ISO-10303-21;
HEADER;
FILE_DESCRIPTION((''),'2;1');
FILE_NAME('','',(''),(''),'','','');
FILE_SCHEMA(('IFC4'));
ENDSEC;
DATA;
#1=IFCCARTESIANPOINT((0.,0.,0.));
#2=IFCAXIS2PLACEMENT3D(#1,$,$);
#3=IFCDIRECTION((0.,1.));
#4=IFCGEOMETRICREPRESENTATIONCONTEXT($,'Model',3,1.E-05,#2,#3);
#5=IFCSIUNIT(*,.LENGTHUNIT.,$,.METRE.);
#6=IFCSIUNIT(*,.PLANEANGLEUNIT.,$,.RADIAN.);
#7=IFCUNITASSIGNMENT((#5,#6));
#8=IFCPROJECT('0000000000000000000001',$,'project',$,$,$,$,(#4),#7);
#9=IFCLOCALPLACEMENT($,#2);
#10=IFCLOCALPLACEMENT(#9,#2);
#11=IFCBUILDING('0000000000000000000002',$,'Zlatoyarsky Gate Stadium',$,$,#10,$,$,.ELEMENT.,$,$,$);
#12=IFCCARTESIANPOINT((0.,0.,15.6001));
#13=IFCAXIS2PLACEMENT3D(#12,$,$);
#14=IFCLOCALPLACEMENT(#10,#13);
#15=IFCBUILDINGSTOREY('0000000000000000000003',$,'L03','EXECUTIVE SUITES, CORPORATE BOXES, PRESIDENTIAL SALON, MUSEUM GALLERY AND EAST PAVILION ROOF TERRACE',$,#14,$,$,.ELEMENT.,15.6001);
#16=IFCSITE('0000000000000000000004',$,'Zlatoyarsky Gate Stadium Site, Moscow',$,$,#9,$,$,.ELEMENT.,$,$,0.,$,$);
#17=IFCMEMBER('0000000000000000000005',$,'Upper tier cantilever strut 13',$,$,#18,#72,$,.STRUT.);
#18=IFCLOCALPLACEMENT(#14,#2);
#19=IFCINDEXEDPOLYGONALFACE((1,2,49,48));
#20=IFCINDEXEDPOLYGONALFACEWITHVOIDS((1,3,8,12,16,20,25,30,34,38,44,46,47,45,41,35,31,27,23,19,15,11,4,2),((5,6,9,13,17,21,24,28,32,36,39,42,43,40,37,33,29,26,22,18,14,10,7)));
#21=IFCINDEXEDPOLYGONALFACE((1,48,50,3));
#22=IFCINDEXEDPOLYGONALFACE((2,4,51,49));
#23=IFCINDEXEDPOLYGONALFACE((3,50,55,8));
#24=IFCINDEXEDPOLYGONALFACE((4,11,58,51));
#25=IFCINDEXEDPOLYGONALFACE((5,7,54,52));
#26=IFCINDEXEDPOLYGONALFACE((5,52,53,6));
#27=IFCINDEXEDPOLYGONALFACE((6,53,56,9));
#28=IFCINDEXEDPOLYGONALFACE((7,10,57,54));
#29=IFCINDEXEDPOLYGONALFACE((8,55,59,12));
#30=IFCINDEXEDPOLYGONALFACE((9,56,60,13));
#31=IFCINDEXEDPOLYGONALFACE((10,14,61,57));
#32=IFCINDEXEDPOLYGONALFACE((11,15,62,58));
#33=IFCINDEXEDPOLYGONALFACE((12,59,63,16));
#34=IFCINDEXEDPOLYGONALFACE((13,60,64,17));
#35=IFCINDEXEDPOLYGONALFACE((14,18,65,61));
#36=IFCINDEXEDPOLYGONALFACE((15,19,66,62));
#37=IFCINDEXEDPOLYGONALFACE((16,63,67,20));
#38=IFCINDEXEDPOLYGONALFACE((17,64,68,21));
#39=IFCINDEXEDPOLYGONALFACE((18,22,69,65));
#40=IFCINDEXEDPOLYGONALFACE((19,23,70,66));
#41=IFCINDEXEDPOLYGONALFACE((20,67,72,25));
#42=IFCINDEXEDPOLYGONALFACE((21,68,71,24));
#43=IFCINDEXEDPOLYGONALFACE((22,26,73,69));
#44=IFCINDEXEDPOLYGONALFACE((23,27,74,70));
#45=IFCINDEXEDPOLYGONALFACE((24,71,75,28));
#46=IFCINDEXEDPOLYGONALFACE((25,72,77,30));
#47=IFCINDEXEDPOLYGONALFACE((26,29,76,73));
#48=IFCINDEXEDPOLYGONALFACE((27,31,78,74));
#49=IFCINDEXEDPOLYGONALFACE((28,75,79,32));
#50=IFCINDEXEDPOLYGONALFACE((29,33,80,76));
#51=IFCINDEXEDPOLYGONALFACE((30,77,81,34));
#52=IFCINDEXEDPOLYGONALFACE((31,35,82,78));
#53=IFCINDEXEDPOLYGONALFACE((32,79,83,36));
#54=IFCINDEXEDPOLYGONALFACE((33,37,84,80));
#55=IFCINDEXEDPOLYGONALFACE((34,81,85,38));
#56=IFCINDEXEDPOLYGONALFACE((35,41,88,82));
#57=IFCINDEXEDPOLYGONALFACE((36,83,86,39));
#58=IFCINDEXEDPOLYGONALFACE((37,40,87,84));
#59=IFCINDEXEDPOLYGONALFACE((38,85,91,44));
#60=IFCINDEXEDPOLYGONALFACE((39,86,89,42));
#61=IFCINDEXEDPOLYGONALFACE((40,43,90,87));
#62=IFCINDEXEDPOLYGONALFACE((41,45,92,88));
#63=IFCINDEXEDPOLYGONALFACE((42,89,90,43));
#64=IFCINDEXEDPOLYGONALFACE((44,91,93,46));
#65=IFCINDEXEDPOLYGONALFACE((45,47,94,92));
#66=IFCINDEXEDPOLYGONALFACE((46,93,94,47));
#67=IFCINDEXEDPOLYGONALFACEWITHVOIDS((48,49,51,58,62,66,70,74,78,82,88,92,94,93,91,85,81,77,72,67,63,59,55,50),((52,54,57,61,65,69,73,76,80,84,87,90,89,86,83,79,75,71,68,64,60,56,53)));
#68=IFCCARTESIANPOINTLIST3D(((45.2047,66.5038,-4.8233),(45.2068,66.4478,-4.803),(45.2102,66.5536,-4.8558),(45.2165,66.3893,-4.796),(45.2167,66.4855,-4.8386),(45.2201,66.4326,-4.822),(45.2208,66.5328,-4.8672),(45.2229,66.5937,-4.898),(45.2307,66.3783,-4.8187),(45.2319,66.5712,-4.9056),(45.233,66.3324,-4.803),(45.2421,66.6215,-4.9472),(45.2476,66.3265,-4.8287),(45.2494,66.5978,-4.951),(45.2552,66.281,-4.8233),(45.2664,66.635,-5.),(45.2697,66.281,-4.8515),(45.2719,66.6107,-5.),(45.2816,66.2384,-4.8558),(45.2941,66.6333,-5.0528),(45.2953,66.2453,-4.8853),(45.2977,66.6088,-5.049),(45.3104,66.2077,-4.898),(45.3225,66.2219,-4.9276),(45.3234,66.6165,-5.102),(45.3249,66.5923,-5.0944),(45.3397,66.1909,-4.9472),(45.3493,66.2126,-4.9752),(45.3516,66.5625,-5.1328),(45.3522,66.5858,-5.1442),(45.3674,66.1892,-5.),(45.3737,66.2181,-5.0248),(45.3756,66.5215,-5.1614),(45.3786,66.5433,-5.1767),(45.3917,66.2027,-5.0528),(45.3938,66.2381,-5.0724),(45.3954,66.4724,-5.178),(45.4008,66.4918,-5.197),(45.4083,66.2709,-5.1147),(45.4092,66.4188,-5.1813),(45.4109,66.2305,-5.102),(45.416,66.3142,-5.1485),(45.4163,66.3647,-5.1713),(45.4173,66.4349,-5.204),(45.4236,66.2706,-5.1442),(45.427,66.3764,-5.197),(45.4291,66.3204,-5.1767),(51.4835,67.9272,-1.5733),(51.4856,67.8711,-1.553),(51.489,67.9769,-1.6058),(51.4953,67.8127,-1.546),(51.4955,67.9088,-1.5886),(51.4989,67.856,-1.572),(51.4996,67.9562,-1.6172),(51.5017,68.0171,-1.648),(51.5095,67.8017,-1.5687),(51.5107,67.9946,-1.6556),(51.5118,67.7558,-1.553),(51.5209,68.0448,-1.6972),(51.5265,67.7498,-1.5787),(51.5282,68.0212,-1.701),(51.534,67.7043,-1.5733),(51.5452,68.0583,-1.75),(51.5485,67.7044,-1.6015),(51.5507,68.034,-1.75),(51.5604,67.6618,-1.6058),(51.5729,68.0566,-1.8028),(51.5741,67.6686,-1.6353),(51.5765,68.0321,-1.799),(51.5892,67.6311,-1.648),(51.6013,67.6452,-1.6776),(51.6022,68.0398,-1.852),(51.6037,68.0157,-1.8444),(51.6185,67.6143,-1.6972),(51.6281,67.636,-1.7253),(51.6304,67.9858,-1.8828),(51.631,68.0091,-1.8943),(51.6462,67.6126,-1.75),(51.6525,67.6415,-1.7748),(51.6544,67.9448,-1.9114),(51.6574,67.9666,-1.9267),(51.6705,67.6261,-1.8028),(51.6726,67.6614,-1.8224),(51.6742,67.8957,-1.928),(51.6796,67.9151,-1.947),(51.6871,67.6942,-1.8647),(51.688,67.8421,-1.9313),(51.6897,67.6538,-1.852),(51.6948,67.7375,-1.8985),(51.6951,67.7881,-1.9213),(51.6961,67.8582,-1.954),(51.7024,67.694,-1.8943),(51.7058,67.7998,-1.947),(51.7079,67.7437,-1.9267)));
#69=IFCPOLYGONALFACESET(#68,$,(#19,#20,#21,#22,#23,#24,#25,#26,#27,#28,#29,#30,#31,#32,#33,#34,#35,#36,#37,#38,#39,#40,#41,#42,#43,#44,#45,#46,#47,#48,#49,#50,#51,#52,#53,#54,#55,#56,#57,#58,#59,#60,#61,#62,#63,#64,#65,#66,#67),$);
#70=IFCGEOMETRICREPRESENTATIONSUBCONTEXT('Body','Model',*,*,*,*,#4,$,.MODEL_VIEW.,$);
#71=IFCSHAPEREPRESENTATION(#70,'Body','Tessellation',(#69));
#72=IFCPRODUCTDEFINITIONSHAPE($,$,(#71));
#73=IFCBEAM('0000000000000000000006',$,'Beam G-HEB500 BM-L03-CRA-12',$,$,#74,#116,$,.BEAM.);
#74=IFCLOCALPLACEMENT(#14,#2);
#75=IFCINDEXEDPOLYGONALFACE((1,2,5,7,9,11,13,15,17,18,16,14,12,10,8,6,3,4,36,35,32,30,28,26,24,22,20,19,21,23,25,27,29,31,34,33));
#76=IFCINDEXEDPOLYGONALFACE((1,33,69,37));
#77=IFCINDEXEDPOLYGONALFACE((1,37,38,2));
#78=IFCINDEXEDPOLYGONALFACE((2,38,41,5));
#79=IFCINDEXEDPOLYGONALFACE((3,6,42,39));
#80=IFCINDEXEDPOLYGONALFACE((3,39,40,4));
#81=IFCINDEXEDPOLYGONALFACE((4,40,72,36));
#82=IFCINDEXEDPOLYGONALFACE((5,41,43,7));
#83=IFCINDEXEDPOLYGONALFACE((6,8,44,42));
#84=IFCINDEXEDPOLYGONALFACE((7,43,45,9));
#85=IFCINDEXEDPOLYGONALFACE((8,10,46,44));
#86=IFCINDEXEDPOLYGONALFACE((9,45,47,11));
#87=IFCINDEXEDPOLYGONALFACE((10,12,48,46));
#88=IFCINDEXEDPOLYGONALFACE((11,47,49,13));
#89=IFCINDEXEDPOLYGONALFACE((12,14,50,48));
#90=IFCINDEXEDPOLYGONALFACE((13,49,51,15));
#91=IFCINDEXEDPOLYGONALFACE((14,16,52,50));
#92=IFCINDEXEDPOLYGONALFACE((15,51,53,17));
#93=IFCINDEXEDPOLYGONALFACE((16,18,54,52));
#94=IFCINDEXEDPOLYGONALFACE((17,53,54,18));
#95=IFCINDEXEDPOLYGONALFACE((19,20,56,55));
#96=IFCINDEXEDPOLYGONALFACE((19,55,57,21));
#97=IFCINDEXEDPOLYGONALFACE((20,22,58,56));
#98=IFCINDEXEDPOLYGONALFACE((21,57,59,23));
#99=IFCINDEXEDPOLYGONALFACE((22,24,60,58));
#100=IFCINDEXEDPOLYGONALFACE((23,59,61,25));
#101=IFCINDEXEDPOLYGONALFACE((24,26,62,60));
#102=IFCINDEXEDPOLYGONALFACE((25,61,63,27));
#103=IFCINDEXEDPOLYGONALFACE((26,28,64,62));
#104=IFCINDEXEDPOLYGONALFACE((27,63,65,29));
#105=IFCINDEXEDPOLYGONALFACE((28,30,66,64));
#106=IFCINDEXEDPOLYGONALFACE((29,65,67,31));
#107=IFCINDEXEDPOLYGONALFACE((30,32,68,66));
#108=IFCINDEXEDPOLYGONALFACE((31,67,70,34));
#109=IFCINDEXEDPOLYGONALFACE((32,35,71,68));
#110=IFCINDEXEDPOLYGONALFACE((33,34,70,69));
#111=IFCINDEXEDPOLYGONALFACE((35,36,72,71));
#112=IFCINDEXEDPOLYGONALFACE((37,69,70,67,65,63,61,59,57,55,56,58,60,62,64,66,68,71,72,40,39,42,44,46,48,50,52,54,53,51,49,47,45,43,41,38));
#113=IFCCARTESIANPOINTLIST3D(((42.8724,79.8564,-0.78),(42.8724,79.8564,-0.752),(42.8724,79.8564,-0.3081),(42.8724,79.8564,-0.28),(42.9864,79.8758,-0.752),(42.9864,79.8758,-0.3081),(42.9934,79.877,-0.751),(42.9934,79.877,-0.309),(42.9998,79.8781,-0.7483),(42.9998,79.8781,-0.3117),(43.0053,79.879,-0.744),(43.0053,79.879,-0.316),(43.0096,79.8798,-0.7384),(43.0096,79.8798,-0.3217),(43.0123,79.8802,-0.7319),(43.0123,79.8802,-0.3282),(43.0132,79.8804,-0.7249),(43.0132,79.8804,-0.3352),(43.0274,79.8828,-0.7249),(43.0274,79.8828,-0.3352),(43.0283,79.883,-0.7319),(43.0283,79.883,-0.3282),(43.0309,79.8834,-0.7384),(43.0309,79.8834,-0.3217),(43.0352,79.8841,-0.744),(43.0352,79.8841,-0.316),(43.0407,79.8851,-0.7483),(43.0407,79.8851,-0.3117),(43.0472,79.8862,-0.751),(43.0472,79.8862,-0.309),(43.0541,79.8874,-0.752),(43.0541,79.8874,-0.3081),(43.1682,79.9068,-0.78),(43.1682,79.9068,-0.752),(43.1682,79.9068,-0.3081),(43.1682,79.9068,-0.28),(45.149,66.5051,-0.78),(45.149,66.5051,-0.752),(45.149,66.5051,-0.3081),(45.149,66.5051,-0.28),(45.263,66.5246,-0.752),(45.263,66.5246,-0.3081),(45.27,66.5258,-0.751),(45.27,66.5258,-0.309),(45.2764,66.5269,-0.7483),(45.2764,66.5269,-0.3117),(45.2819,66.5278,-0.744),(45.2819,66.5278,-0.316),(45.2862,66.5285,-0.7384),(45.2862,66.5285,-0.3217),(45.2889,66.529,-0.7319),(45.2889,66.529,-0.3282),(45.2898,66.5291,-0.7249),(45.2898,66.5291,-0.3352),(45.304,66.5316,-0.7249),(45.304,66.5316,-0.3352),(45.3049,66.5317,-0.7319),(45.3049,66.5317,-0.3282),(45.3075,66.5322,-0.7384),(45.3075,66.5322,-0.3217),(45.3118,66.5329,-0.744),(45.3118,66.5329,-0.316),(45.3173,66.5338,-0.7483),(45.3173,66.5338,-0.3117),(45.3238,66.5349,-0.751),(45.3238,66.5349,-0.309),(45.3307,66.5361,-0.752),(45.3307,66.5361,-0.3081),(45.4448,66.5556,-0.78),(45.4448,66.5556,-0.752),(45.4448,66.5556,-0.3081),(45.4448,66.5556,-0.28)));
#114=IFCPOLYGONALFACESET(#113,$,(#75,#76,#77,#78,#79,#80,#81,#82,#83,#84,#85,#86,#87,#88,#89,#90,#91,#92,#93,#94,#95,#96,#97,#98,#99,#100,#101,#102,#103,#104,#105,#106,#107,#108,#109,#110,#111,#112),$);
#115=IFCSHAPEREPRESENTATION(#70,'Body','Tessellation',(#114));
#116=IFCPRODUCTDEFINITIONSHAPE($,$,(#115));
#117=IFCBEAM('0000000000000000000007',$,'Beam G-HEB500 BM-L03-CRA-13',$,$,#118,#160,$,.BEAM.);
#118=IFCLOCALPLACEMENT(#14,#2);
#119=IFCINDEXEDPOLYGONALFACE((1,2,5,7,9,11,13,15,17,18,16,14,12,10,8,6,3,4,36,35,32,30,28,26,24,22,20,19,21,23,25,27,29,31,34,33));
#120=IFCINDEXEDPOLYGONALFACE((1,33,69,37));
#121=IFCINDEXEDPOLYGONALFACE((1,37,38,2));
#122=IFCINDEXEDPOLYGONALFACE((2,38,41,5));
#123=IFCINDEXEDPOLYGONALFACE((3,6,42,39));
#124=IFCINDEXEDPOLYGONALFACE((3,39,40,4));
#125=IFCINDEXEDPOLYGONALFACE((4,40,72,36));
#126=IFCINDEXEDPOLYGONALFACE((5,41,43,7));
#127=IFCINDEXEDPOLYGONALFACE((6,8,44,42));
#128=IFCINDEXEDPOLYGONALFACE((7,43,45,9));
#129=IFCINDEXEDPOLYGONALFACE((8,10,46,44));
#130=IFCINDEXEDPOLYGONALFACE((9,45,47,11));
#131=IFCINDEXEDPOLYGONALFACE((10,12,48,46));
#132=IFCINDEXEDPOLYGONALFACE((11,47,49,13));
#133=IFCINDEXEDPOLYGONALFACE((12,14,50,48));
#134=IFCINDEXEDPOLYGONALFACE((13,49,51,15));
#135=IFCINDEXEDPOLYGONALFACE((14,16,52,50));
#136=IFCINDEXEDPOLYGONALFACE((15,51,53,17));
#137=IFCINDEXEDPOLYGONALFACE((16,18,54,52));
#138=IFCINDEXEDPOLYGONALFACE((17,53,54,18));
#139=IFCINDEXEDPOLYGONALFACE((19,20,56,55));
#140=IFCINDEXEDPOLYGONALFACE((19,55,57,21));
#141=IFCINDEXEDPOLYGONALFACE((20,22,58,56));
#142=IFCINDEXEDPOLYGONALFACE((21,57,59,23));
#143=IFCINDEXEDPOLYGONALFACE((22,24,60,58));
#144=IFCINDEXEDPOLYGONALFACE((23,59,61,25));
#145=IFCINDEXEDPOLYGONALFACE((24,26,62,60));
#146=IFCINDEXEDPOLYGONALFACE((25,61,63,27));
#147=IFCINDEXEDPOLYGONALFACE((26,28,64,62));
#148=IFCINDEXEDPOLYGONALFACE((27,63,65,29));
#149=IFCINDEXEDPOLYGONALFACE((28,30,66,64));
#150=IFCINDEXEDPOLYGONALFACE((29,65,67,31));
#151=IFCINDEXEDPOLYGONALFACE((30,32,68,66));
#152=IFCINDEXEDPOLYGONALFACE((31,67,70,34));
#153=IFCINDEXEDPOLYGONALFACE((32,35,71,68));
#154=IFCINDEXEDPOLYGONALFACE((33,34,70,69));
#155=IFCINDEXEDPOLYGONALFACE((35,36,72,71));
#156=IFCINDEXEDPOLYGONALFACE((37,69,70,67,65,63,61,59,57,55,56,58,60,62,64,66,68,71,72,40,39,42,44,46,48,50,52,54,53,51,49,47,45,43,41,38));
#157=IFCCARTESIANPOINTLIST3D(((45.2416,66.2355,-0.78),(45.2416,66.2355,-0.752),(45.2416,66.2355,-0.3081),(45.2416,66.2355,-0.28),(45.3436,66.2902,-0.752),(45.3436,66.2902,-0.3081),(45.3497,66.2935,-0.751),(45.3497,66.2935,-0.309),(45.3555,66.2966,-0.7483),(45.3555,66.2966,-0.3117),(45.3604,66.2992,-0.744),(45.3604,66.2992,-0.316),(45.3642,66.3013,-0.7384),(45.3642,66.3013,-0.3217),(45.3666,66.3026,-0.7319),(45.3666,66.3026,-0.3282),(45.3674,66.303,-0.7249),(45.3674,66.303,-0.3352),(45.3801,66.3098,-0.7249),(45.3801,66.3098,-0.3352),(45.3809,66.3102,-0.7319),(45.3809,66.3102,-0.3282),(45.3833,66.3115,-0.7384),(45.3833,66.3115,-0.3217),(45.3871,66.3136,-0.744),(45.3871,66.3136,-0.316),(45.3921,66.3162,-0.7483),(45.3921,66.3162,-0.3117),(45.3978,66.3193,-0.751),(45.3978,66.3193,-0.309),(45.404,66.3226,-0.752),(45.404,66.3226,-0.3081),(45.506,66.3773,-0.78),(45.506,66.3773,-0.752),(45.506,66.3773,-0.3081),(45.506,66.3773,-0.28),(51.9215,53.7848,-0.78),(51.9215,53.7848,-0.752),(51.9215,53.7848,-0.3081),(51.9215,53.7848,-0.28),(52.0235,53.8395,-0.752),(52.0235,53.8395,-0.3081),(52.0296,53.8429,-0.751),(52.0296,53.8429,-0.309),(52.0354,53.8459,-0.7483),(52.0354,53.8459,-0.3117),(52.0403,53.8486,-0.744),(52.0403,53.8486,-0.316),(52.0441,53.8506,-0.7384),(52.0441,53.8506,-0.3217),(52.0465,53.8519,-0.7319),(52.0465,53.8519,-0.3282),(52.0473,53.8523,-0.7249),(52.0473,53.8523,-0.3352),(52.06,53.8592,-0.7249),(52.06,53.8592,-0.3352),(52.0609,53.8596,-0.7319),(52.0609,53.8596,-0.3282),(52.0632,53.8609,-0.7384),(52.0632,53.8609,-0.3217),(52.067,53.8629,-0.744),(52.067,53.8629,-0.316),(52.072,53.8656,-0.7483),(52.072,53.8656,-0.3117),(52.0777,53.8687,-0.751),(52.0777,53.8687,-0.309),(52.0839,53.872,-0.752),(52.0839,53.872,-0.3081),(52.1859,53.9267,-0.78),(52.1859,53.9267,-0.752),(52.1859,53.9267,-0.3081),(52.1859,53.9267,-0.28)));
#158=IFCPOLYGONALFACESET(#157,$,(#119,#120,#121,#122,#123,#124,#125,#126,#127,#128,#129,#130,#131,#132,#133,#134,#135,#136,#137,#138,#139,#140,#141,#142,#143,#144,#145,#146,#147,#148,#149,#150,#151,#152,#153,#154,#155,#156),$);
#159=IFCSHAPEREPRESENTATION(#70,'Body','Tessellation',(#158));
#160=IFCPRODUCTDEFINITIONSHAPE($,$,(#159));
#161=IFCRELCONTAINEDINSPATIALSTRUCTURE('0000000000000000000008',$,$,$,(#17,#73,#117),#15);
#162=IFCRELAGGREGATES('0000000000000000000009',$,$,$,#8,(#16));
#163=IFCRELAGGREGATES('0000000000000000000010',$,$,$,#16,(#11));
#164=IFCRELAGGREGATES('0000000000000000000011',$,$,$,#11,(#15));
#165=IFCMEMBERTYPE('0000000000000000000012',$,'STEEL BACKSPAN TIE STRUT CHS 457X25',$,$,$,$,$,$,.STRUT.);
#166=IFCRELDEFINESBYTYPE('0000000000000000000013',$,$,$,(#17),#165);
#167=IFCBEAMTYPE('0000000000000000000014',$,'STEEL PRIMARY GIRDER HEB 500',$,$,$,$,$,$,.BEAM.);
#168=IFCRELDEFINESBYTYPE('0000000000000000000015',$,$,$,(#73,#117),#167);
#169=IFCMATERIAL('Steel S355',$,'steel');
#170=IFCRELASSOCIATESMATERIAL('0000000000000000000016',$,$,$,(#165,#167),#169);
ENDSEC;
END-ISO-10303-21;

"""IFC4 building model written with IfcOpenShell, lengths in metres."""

from ifc_helpers import new_model, si_unit, direction, frame, origin, origin_2d, place, context, subcontext, project, spatial, hollow_circle, i_section, extrude, material, material_profile, profile_set, type_object, element, save


model = new_model("IFC4")

# Units and contexts
model_context = context("Model", 3, precision=1e-05, world=origin(), true_north=direction((0.0, 1.0)))
body_context = subcontext(model_context, "Body", "Model", "MODEL_VIEW")
ifc_project = project(units=[si_unit("LENGTHUNIT", "METRE"), si_unit("PLANEANGLEUNIT", "RADIAN")], contexts=[model_context])

# Site, building, storey
site_placement = place(None, origin())
site = spatial("IfcSite", under=ifc_project, at=site_placement, Name="Zlatoyarsky Gate Stadium Site, Moscow", CompositionType="ELEMENT", RefElevation=0.0)
building_placement = place(site_placement, origin())
building = spatial("IfcBuilding", under=site, at=building_placement, Name="Zlatoyarsky Gate Stadium", CompositionType="ELEMENT")
storey_placement = place(building_placement, frame((0.0, 0.0, 15.6001)))
storey = spatial("IfcBuildingStorey", under=building, at=storey_placement, Name="L03", Description="EXECUTIVE SUITES, CORPORATE BOXES, PRESIDENTIAL SALON, MUSEUM GALLERY AND EAST PAVILION ROOF TERRACE", CompositionType="ELEMENT", Elevation=15.6001)

# Shared definitions
ifc_material_1 = material(Name="Steel S355", Category="steel")

# Member
ifc_material_profile_1 = material_profile(ifc_material_1, hollow_circle(Radius=0.2285, WallThickness=0.0249, at=origin_2d()), Name="CHS 457X25")
ifc_profile_set_1 = profile_set([ifc_material_profile_1], Name="Steel S355")
member_type = type_object("IfcMemberType", Name="STEEL BACKSPAN TIE STRUT CHS 457X25", PredefinedType="STRUT", material=ifc_profile_set_1)
member_placement = place(storey_placement, frame((45.3169, 66.4121, -5.0), z_axis=(0.870615, 0.197359, 0.450643), x_axis=(-0.22108, 0.975256, 0.0)))
element("IfcMember", 1, at=member_placement, inside=storey, type_object=member_type, Name="Upper tier cantilever strut 13", PredefinedType="STRUT", context=body_context, shape_type="SweptSolid", body=[
    extrude(hollow_circle(Radius=0.2285, WallThickness=0.0249, at=origin_2d()), origin(), (0.0, 0.0, 1.0), 7.2119),
])

# Beams
ifc_material_profile_2 = material_profile(ifc_material_1, i_section(OverallWidth=0.3, OverallDepth=0.5, WebThickness=0.0144, FlangeThickness=0.0281, FilletRadius=0.0271, at=origin_2d()), Name="HEB 500")
ifc_profile_set_2 = profile_set([ifc_material_profile_2], Name="Steel S355")
beam_type_1 = type_object("IfcBeamType", Name="STEEL PRIMARY GIRDER HEB 500", PredefinedType="BEAM", material=ifc_profile_set_2)
beam_1_placement = place(storey_placement, frame((43.0203, 79.8816, -0.53), z_axis=(0.16809, -0.985772, 0.0), x_axis=(0.985772, 0.16809, 0.0)))
element("IfcBeam", 2, at=beam_1_placement, inside=storey, type_object=beam_type_1, Name="Beam G-HEB500 BM-L03-CRA-12", PredefinedType="BEAM", context=body_context, shape_type="SweptSolid", body=[
    extrude(i_section(OverallWidth=0.3, OverallDepth=0.5, WebThickness=0.0144, FlangeThickness=0.0281, FilletRadius=0.0271, at=origin_2d()), origin(), (0.0, 0.0, 1.0), 13.5439),
])
beam_2_placement = place(storey_placement, frame((45.3738, 66.3064, -0.53), z_axis=(0.472767, -0.881187, 0.0), x_axis=(0.881187, 0.472767, 0.0)))
element("IfcBeam", 3, at=beam_2_placement, inside=storey, type_object=beam_type_1, Name="Beam G-HEB500 BM-L03-CRA-13", PredefinedType="BEAM", context=body_context, shape_type="SweptSolid", body=[
    extrude(i_section(OverallWidth=0.3, OverallDepth=0.5, WebThickness=0.0144, FlangeThickness=0.0281, FilletRadius=0.0271, at=origin_2d()), origin(), (0.0, 0.0, 1.0), 14.1294),
])

save(model, "model.ifc")
